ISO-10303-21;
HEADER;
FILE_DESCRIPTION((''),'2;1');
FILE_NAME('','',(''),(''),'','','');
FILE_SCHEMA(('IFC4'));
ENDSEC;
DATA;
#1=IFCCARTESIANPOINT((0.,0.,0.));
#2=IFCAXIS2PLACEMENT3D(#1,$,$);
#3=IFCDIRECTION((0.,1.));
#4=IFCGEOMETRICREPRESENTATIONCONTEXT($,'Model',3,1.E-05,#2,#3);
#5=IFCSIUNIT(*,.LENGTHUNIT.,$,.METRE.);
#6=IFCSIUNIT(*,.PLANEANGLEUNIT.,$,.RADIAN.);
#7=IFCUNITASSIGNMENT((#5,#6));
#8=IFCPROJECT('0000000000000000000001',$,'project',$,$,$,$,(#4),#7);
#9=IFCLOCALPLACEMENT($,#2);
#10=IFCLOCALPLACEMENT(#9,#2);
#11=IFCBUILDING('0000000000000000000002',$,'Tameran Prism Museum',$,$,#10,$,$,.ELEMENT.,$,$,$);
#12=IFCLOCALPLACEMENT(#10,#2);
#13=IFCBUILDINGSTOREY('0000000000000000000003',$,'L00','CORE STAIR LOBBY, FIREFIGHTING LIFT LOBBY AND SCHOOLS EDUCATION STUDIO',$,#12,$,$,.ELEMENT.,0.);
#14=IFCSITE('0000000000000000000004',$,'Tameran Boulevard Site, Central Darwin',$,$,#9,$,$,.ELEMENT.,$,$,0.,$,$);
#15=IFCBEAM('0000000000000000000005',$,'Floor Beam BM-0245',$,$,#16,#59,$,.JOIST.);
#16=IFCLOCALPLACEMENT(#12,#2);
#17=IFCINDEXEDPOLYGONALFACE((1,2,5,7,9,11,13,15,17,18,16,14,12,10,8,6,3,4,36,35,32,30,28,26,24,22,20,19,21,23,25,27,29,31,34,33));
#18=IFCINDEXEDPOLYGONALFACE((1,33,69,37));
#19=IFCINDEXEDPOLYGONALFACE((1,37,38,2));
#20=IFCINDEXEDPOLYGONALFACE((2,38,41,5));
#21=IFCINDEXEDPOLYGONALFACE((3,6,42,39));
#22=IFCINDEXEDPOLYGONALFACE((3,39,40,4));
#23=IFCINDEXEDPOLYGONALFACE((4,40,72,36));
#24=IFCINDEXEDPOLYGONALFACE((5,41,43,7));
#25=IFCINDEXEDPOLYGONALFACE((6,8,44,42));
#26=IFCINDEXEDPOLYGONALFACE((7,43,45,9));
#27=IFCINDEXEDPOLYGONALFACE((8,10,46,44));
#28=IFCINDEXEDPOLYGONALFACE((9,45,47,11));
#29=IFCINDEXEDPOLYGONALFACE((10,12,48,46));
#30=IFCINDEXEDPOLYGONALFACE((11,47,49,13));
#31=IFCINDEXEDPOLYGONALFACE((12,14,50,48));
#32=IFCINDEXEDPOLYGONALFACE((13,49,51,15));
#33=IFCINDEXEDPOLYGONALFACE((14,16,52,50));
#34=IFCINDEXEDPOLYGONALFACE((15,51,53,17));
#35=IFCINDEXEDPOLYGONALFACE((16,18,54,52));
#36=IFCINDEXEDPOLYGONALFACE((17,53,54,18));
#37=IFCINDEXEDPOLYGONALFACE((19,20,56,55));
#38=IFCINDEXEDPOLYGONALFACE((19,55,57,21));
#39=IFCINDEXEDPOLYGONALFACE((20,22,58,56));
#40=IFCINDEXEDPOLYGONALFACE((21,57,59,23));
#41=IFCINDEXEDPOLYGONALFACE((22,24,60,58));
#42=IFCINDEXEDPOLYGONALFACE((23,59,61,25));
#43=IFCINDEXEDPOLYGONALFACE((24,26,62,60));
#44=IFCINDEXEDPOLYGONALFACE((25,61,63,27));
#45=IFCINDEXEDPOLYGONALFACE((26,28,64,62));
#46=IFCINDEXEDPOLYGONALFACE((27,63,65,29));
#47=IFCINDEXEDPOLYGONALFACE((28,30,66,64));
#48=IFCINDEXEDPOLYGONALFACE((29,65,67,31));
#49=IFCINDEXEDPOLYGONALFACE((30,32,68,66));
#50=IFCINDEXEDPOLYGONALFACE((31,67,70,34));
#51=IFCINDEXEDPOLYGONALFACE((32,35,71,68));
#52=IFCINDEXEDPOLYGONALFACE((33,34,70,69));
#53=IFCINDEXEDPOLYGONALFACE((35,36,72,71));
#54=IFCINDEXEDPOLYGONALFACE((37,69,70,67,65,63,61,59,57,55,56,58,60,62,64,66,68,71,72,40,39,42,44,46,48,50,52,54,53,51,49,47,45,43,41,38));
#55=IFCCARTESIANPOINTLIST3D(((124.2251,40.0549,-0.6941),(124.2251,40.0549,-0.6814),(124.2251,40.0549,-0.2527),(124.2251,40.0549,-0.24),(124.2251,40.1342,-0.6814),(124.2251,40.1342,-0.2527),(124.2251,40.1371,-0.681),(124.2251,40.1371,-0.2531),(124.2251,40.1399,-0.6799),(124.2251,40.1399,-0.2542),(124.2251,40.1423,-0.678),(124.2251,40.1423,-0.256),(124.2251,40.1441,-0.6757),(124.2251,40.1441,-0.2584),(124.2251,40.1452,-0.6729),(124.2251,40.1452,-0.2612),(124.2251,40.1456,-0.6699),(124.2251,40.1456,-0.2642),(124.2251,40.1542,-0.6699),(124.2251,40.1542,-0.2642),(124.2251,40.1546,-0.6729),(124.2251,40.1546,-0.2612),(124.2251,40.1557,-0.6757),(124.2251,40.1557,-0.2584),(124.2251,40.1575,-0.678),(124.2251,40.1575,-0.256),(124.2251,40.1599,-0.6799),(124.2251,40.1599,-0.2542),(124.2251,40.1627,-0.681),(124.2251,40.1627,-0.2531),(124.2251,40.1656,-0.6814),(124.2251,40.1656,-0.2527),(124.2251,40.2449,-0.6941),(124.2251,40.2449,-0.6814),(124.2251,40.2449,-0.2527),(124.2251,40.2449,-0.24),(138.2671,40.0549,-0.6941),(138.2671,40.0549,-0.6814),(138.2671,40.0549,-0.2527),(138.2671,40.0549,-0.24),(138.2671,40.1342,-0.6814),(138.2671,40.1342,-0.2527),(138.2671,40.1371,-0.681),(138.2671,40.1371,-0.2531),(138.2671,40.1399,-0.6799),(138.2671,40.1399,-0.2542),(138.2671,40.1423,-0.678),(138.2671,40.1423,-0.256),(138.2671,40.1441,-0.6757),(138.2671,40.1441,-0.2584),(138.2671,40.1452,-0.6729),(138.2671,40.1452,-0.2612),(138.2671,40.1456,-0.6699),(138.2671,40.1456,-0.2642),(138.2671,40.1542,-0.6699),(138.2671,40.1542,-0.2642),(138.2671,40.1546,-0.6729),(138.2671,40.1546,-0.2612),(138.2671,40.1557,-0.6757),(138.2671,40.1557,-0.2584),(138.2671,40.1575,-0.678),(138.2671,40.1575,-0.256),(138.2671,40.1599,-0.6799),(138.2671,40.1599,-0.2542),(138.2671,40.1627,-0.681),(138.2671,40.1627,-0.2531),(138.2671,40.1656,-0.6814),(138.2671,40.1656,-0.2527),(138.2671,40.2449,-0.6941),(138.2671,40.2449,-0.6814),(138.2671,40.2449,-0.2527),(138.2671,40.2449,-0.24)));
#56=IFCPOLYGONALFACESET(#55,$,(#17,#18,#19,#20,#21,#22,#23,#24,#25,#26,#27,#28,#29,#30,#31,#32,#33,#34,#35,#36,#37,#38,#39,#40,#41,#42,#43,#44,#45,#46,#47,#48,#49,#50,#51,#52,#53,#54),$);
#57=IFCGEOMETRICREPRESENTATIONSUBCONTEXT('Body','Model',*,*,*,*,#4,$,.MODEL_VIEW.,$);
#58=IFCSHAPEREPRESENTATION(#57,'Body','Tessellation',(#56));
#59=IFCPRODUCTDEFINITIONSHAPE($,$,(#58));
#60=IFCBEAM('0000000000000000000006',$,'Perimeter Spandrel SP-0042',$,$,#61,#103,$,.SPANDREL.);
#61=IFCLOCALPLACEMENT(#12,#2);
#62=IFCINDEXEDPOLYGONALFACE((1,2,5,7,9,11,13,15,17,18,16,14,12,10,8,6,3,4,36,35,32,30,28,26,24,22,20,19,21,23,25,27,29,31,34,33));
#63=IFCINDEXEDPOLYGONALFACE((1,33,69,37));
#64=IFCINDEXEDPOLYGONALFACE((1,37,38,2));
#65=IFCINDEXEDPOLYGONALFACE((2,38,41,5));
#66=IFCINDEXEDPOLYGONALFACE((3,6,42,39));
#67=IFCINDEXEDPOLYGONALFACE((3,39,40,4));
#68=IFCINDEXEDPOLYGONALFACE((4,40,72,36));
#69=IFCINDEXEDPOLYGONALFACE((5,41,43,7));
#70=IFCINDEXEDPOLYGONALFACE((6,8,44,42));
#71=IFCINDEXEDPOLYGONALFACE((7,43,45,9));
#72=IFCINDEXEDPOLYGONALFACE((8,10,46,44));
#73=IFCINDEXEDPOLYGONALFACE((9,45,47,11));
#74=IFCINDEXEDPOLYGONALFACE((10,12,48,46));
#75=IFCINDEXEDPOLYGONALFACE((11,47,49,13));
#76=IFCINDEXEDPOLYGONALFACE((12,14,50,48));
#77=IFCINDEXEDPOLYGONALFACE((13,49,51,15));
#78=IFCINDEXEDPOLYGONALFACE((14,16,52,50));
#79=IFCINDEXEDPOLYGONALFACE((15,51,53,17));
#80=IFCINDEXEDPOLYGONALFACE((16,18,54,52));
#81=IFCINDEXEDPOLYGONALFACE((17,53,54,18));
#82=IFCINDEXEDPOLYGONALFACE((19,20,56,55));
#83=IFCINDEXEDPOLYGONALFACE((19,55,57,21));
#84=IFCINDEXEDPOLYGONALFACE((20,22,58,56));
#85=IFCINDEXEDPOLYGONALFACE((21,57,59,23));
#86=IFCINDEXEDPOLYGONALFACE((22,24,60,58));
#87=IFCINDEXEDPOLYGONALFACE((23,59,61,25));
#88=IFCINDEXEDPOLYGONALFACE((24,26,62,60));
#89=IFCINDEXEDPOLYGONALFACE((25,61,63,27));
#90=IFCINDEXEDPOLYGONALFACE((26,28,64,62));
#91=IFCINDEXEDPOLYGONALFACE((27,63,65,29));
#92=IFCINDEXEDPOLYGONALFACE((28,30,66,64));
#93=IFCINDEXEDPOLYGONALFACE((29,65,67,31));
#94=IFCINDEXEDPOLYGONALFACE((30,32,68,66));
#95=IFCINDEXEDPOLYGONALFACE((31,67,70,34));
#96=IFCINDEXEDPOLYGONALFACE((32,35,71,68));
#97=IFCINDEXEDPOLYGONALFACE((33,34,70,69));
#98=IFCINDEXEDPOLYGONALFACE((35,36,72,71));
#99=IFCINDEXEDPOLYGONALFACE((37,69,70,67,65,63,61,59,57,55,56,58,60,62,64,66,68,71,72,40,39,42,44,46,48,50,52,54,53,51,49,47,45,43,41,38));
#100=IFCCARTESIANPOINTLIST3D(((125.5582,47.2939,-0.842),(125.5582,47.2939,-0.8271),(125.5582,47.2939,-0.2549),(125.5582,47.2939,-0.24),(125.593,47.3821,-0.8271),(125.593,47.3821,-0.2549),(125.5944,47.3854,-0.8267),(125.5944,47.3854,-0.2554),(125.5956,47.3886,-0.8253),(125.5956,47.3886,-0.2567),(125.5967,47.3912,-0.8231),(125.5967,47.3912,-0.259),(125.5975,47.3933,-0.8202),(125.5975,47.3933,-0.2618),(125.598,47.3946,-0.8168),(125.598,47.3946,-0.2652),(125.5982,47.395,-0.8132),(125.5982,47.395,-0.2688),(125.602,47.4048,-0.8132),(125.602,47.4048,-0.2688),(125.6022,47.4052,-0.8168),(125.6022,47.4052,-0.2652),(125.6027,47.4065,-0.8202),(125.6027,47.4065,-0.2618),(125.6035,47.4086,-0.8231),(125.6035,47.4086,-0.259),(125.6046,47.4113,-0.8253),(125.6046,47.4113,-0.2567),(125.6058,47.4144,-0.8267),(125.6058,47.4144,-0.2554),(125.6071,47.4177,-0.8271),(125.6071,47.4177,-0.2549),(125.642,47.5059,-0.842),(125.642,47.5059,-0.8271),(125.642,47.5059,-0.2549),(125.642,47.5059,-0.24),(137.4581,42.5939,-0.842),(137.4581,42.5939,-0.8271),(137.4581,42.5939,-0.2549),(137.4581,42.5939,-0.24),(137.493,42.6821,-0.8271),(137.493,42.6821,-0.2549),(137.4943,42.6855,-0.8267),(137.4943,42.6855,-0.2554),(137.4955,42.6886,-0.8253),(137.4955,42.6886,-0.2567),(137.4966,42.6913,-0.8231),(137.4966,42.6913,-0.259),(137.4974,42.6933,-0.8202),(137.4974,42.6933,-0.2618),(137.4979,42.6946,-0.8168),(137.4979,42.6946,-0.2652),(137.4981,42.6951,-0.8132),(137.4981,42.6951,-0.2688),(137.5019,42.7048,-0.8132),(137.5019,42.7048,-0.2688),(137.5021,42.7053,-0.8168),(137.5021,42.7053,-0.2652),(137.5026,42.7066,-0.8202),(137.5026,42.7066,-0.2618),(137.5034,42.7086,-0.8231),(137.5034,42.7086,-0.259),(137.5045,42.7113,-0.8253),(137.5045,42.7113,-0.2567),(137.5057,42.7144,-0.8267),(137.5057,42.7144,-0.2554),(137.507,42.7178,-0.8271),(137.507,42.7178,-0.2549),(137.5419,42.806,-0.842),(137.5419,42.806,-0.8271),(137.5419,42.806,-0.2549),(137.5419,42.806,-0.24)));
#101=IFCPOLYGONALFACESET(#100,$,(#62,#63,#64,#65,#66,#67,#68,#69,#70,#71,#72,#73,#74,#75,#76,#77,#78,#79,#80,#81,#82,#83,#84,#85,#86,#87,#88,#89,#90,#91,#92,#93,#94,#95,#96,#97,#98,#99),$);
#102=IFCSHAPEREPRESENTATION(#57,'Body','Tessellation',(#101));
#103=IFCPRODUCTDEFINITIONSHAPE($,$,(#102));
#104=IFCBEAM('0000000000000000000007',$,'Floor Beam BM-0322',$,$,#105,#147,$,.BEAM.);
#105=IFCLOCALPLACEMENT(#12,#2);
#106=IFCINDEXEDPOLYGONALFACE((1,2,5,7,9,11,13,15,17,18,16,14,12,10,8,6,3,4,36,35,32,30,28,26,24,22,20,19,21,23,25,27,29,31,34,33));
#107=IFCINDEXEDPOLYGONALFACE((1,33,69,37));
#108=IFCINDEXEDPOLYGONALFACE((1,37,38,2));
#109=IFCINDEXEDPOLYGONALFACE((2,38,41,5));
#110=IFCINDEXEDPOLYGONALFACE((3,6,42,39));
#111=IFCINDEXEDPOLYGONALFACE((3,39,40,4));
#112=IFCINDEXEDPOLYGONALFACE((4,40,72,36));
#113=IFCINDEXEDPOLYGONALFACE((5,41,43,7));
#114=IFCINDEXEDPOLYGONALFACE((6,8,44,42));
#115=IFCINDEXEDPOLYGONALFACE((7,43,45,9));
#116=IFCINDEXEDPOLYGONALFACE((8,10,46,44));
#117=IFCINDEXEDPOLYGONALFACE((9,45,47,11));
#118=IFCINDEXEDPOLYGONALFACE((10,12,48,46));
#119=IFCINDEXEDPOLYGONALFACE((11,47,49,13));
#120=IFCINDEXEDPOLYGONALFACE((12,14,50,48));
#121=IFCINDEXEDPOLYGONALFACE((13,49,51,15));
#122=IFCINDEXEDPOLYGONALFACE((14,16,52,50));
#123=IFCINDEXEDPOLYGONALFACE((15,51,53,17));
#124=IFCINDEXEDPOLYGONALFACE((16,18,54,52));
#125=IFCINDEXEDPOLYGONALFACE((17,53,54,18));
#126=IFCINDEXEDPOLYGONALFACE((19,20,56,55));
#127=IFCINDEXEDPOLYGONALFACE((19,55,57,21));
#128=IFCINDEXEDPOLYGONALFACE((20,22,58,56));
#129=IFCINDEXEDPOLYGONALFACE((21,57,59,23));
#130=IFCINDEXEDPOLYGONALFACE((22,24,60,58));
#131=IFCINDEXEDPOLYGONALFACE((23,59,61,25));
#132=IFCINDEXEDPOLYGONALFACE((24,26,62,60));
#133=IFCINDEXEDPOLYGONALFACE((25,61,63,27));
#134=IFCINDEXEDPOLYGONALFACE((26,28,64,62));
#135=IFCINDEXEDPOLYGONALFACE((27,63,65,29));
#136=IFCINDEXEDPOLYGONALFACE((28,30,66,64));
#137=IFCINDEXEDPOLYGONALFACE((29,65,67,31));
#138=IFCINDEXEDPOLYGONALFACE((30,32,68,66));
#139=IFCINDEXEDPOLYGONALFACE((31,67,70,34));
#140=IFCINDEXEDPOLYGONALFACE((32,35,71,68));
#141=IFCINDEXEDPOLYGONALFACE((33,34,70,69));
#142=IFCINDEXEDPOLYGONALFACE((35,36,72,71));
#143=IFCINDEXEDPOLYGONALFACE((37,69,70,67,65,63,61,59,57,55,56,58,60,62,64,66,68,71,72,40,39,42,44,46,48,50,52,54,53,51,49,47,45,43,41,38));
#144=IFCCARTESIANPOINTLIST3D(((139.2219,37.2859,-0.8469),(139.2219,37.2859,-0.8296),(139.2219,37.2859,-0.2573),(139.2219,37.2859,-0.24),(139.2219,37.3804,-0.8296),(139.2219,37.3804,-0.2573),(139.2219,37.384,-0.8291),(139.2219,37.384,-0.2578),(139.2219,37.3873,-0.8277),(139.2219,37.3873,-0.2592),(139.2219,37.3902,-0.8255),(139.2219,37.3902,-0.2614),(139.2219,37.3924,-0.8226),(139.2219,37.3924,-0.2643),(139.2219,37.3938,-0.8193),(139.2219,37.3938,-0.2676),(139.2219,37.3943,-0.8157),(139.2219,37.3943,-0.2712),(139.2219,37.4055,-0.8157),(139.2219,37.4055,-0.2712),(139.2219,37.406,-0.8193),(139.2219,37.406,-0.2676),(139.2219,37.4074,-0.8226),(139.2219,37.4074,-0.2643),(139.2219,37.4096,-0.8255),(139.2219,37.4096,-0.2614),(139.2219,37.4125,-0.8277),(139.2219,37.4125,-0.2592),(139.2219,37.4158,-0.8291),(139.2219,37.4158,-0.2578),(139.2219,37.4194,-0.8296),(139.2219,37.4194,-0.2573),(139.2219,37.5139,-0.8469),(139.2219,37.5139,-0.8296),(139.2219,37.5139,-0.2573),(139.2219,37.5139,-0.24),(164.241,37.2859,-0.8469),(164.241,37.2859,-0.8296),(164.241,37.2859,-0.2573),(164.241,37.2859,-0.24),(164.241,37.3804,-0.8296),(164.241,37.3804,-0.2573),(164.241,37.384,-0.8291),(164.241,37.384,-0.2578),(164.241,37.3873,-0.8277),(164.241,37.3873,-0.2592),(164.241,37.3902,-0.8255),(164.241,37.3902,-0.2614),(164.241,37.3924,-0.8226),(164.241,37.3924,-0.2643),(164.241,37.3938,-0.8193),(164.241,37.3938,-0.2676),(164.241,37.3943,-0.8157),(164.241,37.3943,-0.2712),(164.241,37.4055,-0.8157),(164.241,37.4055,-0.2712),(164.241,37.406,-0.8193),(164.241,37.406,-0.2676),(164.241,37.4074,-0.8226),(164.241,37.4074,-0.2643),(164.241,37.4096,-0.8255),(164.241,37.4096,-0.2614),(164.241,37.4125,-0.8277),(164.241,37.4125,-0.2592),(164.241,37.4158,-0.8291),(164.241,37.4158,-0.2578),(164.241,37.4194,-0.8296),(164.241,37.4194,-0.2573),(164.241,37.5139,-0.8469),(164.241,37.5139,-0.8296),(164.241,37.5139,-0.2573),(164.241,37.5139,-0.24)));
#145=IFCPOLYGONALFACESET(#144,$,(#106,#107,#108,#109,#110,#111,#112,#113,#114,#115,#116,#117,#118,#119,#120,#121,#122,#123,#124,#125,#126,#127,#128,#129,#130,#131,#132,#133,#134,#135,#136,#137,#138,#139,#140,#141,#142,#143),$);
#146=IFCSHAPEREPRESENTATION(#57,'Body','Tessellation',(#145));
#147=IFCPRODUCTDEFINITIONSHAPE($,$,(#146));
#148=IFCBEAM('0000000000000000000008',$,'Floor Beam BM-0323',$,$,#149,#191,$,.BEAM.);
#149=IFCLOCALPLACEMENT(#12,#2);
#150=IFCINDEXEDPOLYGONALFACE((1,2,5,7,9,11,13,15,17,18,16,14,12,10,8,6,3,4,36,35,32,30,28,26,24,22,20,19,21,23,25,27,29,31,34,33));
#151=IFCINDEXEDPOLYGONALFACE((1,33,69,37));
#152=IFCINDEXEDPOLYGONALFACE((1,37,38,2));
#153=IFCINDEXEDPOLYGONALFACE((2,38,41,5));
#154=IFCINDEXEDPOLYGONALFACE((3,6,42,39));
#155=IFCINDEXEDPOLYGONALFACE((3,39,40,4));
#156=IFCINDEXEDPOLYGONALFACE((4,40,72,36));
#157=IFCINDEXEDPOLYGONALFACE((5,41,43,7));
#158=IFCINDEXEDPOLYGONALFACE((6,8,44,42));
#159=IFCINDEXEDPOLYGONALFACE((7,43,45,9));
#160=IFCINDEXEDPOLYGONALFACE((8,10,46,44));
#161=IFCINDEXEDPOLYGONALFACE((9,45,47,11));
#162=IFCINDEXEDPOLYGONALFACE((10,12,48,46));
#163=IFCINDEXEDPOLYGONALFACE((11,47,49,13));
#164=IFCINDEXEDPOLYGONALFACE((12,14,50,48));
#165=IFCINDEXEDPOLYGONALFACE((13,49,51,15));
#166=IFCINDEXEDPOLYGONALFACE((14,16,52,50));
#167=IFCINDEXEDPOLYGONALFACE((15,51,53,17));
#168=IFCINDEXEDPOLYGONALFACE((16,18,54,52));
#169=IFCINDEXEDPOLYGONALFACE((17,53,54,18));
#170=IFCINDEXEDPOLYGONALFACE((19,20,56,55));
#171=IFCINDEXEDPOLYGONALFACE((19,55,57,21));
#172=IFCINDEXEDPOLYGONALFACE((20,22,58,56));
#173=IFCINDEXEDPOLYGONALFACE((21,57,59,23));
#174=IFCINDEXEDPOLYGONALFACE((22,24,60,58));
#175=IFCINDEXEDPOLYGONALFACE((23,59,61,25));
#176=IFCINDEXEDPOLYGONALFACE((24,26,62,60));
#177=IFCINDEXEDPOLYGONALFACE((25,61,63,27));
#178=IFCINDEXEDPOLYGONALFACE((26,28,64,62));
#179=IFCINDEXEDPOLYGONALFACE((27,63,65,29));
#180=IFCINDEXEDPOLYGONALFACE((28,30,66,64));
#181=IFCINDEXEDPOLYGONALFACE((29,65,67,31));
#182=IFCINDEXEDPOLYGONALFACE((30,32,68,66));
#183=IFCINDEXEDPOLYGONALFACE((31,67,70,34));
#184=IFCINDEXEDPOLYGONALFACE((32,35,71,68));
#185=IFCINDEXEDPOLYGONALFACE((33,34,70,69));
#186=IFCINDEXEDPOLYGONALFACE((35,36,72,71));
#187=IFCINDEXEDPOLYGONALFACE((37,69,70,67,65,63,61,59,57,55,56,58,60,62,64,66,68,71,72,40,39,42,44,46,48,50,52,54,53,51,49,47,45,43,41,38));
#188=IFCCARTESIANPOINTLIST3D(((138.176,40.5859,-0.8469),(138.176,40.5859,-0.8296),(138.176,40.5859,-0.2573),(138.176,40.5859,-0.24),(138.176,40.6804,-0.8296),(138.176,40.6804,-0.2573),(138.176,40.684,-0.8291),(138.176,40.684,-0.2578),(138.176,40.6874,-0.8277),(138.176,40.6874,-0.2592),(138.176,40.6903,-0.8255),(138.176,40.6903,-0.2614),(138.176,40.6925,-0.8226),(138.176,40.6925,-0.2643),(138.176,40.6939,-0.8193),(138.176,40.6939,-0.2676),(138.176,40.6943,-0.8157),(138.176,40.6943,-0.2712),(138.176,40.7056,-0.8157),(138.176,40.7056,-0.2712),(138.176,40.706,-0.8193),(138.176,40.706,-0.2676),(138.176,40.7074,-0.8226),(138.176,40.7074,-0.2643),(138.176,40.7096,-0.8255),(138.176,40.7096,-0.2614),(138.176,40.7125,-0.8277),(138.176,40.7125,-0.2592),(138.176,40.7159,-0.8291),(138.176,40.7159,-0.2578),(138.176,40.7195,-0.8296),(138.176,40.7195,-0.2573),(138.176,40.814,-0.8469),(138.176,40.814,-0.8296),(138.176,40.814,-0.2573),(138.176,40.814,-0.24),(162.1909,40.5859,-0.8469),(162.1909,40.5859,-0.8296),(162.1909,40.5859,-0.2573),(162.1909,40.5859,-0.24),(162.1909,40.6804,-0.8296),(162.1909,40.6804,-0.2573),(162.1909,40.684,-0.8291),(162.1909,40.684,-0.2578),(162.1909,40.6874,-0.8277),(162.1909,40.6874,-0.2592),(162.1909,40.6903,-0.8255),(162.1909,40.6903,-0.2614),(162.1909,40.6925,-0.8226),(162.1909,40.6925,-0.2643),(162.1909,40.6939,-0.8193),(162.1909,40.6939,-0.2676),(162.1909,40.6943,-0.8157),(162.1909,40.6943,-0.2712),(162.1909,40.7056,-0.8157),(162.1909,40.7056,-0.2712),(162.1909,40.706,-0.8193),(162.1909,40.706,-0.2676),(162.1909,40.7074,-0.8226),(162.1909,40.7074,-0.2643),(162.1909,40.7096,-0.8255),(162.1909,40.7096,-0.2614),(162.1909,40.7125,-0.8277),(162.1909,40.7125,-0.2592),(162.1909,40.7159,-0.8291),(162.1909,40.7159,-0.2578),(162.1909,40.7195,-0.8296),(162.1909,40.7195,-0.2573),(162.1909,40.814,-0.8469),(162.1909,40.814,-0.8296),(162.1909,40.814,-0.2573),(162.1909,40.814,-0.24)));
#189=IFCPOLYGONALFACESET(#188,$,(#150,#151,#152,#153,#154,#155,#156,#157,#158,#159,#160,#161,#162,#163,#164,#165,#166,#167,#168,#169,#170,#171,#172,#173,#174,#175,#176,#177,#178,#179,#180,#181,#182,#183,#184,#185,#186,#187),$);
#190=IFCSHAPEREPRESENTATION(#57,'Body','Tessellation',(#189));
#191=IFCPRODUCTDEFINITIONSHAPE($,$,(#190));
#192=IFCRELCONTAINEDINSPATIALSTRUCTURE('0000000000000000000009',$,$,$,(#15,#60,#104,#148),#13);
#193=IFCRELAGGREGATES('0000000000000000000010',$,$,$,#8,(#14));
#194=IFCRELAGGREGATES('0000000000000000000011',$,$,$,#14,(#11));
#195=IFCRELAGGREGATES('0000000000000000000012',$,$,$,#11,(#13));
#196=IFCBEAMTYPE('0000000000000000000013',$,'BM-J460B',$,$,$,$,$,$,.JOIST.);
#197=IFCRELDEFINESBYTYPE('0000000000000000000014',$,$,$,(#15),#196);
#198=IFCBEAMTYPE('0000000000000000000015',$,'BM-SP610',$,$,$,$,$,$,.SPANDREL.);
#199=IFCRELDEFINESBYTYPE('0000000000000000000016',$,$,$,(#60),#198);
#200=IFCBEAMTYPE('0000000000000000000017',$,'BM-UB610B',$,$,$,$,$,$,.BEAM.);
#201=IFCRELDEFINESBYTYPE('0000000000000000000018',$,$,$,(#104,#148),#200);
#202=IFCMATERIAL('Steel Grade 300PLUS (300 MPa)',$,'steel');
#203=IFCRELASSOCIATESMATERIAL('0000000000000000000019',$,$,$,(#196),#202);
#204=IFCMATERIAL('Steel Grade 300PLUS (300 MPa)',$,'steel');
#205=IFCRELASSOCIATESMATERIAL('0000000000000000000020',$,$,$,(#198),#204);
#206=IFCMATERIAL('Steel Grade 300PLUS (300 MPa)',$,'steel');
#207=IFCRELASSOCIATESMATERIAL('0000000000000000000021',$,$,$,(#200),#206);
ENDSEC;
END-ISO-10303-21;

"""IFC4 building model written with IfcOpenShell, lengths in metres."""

from ifc_helpers import new_model, si_unit, direction, frame, origin, origin_2d, place, context, subcontext, project, spatial, i_section, extrude, material, material_profile, profile_set, type_object, element, save


model = new_model("IFC4")

# Units and contexts
model_context = context("Model", 3, precision=1e-05, world=origin(), true_north=direction((0.0, 1.0)))
body_context = subcontext(model_context, "Body", "Model", "MODEL_VIEW")
ifc_project = project(units=[si_unit("LENGTHUNIT", "METRE"), si_unit("PLANEANGLEUNIT", "RADIAN")], contexts=[model_context])

# Site, building, storey
site_placement = place(None, origin())
site = spatial("IfcSite", under=ifc_project, at=site_placement, Name="Tameran Boulevard Site, Central Darwin", CompositionType="ELEMENT", RefElevation=0.0)
building_placement = place(site_placement, origin())
building = spatial("IfcBuilding", under=site, at=building_placement, Name="Tameran Prism Museum", CompositionType="ELEMENT")
storey_placement = place(building_placement, origin())
storey = spatial("IfcBuildingStorey", under=building, at=storey_placement, Name="L00", Description="CORE STAIR LOBBY, FIREFIGHTING LIFT LOBBY AND SCHOOLS EDUCATION STUDIO", CompositionType="ELEMENT", Elevation=0.0)

# Beams
ifc_material_1 = material(Name="Steel Grade 300PLUS (300 MPa)", Category="steel")
ifc_material_profile_1 = material_profile(ifc_material_1, i_section(OverallWidth=0.1899, OverallDepth=0.4541, WebThickness=0.0085, FlangeThickness=0.0127, FilletRadius=0.0115, at=origin_2d()))
ifc_profile_set_1 = profile_set([ifc_material_profile_1])
beam_type_1 = type_object("IfcBeamType", Name="BM-J460B", PredefinedType="JOIST", material=ifc_profile_set_1)
beam_1_placement = place(storey_placement, frame((124.2251, 40.1499, -0.467), z_axis=(1.0, 0.0, 0.0), x_axis=(0.0, 1.0, 0.0)))
element("IfcBeam", 1, at=beam_1_placement, inside=storey, type_object=beam_type_1, Name="Floor Beam BM-0245", PredefinedType="JOIST", context=body_context, shape_type="SweptSolid", body=[
    extrude(i_section(OverallWidth=0.1899, OverallDepth=0.4541, WebThickness=0.0085, FlangeThickness=0.0127, FilletRadius=0.0115, at=origin_2d()), origin(), (0.0, 0.0, 1.0), 14.042),
])
ifc_material_2 = material(Name="Steel Grade 300PLUS (300 MPa)", Category="steel")
ifc_material_profile_2 = material_profile(ifc_material_2, i_section(OverallWidth=0.228, OverallDepth=0.6021, WebThickness=0.0105, FlangeThickness=0.0149, FilletRadius=0.0139, at=origin_2d()))
ifc_profile_set_2 = profile_set([ifc_material_profile_2])
beam_type_2 = type_object("IfcBeamType", Name="BM-SP610", PredefinedType="SPANDREL", material=ifc_profile_set_2)
beam_2_placement = place(storey_placement, frame((137.5, 42.7, -0.541), z_axis=(-0.930085, 0.367344, 0.0), x_axis=(-0.367344, -0.930085, 0.0)))
element("IfcBeam", 2, at=beam_2_placement, inside=storey, type_object=beam_type_2, Name="Perimeter Spandrel SP-0042", PredefinedType="SPANDREL", context=body_context, shape_type="SweptSolid", body=[
    extrude(i_section(OverallWidth=0.228, OverallDepth=0.6021, WebThickness=0.0105, FlangeThickness=0.0149, FilletRadius=0.0139, at=origin_2d()), origin(), (0.0, 0.0, 1.0), 12.7944),
])
ifc_material_3 = material(Name="Steel Grade 300PLUS (300 MPa)", Category="steel")
ifc_material_profile_3 = material_profile(ifc_material_3, i_section(OverallWidth=0.228, OverallDepth=0.6069, WebThickness=0.0112, FlangeThickness=0.0173, FilletRadius=0.0139, at=origin_2d()))
ifc_profile_set_3 = profile_set([ifc_material_profile_3])
beam_type_3 = type_object("IfcBeamType", Name="BM-UB610B", PredefinedType="BEAM", material=ifc_profile_set_3)
beam_3_placement = place(storey_placement, frame((139.2219, 37.3999, -0.5435), z_axis=(1.0, 0.0, 0.0), x_axis=(0.0, 1.0, 0.0)))
element("IfcBeam", 3, at=beam_3_placement, inside=storey, type_object=beam_type_3, Name="Floor Beam BM-0322", PredefinedType="BEAM", context=body_context, shape_type="SweptSolid", body=[
    extrude(i_section(OverallWidth=0.228, OverallDepth=0.6069, WebThickness=0.0112, FlangeThickness=0.0173, FilletRadius=0.0139, at=origin_2d()), origin(), (0.0, 0.0, 1.0), 25.019),
])
beam_4_placement = place(storey_placement, frame((138.176, 40.7, -0.5435), z_axis=(1.0, 0.0, 0.0), x_axis=(0.0, 1.0, 0.0)))
element("IfcBeam", 4, at=beam_4_placement, inside=storey, type_object=beam_type_3, Name="Floor Beam BM-0323", PredefinedType="BEAM", context=body_context, shape_type="SweptSolid", body=[
    extrude(i_section(OverallWidth=0.228, OverallDepth=0.6069, WebThickness=0.0112, FlangeThickness=0.0173, FilletRadius=0.0139, at=origin_2d()), origin(), (0.0, 0.0, 1.0), 24.0149),
])

save(model, "model.ifc")
